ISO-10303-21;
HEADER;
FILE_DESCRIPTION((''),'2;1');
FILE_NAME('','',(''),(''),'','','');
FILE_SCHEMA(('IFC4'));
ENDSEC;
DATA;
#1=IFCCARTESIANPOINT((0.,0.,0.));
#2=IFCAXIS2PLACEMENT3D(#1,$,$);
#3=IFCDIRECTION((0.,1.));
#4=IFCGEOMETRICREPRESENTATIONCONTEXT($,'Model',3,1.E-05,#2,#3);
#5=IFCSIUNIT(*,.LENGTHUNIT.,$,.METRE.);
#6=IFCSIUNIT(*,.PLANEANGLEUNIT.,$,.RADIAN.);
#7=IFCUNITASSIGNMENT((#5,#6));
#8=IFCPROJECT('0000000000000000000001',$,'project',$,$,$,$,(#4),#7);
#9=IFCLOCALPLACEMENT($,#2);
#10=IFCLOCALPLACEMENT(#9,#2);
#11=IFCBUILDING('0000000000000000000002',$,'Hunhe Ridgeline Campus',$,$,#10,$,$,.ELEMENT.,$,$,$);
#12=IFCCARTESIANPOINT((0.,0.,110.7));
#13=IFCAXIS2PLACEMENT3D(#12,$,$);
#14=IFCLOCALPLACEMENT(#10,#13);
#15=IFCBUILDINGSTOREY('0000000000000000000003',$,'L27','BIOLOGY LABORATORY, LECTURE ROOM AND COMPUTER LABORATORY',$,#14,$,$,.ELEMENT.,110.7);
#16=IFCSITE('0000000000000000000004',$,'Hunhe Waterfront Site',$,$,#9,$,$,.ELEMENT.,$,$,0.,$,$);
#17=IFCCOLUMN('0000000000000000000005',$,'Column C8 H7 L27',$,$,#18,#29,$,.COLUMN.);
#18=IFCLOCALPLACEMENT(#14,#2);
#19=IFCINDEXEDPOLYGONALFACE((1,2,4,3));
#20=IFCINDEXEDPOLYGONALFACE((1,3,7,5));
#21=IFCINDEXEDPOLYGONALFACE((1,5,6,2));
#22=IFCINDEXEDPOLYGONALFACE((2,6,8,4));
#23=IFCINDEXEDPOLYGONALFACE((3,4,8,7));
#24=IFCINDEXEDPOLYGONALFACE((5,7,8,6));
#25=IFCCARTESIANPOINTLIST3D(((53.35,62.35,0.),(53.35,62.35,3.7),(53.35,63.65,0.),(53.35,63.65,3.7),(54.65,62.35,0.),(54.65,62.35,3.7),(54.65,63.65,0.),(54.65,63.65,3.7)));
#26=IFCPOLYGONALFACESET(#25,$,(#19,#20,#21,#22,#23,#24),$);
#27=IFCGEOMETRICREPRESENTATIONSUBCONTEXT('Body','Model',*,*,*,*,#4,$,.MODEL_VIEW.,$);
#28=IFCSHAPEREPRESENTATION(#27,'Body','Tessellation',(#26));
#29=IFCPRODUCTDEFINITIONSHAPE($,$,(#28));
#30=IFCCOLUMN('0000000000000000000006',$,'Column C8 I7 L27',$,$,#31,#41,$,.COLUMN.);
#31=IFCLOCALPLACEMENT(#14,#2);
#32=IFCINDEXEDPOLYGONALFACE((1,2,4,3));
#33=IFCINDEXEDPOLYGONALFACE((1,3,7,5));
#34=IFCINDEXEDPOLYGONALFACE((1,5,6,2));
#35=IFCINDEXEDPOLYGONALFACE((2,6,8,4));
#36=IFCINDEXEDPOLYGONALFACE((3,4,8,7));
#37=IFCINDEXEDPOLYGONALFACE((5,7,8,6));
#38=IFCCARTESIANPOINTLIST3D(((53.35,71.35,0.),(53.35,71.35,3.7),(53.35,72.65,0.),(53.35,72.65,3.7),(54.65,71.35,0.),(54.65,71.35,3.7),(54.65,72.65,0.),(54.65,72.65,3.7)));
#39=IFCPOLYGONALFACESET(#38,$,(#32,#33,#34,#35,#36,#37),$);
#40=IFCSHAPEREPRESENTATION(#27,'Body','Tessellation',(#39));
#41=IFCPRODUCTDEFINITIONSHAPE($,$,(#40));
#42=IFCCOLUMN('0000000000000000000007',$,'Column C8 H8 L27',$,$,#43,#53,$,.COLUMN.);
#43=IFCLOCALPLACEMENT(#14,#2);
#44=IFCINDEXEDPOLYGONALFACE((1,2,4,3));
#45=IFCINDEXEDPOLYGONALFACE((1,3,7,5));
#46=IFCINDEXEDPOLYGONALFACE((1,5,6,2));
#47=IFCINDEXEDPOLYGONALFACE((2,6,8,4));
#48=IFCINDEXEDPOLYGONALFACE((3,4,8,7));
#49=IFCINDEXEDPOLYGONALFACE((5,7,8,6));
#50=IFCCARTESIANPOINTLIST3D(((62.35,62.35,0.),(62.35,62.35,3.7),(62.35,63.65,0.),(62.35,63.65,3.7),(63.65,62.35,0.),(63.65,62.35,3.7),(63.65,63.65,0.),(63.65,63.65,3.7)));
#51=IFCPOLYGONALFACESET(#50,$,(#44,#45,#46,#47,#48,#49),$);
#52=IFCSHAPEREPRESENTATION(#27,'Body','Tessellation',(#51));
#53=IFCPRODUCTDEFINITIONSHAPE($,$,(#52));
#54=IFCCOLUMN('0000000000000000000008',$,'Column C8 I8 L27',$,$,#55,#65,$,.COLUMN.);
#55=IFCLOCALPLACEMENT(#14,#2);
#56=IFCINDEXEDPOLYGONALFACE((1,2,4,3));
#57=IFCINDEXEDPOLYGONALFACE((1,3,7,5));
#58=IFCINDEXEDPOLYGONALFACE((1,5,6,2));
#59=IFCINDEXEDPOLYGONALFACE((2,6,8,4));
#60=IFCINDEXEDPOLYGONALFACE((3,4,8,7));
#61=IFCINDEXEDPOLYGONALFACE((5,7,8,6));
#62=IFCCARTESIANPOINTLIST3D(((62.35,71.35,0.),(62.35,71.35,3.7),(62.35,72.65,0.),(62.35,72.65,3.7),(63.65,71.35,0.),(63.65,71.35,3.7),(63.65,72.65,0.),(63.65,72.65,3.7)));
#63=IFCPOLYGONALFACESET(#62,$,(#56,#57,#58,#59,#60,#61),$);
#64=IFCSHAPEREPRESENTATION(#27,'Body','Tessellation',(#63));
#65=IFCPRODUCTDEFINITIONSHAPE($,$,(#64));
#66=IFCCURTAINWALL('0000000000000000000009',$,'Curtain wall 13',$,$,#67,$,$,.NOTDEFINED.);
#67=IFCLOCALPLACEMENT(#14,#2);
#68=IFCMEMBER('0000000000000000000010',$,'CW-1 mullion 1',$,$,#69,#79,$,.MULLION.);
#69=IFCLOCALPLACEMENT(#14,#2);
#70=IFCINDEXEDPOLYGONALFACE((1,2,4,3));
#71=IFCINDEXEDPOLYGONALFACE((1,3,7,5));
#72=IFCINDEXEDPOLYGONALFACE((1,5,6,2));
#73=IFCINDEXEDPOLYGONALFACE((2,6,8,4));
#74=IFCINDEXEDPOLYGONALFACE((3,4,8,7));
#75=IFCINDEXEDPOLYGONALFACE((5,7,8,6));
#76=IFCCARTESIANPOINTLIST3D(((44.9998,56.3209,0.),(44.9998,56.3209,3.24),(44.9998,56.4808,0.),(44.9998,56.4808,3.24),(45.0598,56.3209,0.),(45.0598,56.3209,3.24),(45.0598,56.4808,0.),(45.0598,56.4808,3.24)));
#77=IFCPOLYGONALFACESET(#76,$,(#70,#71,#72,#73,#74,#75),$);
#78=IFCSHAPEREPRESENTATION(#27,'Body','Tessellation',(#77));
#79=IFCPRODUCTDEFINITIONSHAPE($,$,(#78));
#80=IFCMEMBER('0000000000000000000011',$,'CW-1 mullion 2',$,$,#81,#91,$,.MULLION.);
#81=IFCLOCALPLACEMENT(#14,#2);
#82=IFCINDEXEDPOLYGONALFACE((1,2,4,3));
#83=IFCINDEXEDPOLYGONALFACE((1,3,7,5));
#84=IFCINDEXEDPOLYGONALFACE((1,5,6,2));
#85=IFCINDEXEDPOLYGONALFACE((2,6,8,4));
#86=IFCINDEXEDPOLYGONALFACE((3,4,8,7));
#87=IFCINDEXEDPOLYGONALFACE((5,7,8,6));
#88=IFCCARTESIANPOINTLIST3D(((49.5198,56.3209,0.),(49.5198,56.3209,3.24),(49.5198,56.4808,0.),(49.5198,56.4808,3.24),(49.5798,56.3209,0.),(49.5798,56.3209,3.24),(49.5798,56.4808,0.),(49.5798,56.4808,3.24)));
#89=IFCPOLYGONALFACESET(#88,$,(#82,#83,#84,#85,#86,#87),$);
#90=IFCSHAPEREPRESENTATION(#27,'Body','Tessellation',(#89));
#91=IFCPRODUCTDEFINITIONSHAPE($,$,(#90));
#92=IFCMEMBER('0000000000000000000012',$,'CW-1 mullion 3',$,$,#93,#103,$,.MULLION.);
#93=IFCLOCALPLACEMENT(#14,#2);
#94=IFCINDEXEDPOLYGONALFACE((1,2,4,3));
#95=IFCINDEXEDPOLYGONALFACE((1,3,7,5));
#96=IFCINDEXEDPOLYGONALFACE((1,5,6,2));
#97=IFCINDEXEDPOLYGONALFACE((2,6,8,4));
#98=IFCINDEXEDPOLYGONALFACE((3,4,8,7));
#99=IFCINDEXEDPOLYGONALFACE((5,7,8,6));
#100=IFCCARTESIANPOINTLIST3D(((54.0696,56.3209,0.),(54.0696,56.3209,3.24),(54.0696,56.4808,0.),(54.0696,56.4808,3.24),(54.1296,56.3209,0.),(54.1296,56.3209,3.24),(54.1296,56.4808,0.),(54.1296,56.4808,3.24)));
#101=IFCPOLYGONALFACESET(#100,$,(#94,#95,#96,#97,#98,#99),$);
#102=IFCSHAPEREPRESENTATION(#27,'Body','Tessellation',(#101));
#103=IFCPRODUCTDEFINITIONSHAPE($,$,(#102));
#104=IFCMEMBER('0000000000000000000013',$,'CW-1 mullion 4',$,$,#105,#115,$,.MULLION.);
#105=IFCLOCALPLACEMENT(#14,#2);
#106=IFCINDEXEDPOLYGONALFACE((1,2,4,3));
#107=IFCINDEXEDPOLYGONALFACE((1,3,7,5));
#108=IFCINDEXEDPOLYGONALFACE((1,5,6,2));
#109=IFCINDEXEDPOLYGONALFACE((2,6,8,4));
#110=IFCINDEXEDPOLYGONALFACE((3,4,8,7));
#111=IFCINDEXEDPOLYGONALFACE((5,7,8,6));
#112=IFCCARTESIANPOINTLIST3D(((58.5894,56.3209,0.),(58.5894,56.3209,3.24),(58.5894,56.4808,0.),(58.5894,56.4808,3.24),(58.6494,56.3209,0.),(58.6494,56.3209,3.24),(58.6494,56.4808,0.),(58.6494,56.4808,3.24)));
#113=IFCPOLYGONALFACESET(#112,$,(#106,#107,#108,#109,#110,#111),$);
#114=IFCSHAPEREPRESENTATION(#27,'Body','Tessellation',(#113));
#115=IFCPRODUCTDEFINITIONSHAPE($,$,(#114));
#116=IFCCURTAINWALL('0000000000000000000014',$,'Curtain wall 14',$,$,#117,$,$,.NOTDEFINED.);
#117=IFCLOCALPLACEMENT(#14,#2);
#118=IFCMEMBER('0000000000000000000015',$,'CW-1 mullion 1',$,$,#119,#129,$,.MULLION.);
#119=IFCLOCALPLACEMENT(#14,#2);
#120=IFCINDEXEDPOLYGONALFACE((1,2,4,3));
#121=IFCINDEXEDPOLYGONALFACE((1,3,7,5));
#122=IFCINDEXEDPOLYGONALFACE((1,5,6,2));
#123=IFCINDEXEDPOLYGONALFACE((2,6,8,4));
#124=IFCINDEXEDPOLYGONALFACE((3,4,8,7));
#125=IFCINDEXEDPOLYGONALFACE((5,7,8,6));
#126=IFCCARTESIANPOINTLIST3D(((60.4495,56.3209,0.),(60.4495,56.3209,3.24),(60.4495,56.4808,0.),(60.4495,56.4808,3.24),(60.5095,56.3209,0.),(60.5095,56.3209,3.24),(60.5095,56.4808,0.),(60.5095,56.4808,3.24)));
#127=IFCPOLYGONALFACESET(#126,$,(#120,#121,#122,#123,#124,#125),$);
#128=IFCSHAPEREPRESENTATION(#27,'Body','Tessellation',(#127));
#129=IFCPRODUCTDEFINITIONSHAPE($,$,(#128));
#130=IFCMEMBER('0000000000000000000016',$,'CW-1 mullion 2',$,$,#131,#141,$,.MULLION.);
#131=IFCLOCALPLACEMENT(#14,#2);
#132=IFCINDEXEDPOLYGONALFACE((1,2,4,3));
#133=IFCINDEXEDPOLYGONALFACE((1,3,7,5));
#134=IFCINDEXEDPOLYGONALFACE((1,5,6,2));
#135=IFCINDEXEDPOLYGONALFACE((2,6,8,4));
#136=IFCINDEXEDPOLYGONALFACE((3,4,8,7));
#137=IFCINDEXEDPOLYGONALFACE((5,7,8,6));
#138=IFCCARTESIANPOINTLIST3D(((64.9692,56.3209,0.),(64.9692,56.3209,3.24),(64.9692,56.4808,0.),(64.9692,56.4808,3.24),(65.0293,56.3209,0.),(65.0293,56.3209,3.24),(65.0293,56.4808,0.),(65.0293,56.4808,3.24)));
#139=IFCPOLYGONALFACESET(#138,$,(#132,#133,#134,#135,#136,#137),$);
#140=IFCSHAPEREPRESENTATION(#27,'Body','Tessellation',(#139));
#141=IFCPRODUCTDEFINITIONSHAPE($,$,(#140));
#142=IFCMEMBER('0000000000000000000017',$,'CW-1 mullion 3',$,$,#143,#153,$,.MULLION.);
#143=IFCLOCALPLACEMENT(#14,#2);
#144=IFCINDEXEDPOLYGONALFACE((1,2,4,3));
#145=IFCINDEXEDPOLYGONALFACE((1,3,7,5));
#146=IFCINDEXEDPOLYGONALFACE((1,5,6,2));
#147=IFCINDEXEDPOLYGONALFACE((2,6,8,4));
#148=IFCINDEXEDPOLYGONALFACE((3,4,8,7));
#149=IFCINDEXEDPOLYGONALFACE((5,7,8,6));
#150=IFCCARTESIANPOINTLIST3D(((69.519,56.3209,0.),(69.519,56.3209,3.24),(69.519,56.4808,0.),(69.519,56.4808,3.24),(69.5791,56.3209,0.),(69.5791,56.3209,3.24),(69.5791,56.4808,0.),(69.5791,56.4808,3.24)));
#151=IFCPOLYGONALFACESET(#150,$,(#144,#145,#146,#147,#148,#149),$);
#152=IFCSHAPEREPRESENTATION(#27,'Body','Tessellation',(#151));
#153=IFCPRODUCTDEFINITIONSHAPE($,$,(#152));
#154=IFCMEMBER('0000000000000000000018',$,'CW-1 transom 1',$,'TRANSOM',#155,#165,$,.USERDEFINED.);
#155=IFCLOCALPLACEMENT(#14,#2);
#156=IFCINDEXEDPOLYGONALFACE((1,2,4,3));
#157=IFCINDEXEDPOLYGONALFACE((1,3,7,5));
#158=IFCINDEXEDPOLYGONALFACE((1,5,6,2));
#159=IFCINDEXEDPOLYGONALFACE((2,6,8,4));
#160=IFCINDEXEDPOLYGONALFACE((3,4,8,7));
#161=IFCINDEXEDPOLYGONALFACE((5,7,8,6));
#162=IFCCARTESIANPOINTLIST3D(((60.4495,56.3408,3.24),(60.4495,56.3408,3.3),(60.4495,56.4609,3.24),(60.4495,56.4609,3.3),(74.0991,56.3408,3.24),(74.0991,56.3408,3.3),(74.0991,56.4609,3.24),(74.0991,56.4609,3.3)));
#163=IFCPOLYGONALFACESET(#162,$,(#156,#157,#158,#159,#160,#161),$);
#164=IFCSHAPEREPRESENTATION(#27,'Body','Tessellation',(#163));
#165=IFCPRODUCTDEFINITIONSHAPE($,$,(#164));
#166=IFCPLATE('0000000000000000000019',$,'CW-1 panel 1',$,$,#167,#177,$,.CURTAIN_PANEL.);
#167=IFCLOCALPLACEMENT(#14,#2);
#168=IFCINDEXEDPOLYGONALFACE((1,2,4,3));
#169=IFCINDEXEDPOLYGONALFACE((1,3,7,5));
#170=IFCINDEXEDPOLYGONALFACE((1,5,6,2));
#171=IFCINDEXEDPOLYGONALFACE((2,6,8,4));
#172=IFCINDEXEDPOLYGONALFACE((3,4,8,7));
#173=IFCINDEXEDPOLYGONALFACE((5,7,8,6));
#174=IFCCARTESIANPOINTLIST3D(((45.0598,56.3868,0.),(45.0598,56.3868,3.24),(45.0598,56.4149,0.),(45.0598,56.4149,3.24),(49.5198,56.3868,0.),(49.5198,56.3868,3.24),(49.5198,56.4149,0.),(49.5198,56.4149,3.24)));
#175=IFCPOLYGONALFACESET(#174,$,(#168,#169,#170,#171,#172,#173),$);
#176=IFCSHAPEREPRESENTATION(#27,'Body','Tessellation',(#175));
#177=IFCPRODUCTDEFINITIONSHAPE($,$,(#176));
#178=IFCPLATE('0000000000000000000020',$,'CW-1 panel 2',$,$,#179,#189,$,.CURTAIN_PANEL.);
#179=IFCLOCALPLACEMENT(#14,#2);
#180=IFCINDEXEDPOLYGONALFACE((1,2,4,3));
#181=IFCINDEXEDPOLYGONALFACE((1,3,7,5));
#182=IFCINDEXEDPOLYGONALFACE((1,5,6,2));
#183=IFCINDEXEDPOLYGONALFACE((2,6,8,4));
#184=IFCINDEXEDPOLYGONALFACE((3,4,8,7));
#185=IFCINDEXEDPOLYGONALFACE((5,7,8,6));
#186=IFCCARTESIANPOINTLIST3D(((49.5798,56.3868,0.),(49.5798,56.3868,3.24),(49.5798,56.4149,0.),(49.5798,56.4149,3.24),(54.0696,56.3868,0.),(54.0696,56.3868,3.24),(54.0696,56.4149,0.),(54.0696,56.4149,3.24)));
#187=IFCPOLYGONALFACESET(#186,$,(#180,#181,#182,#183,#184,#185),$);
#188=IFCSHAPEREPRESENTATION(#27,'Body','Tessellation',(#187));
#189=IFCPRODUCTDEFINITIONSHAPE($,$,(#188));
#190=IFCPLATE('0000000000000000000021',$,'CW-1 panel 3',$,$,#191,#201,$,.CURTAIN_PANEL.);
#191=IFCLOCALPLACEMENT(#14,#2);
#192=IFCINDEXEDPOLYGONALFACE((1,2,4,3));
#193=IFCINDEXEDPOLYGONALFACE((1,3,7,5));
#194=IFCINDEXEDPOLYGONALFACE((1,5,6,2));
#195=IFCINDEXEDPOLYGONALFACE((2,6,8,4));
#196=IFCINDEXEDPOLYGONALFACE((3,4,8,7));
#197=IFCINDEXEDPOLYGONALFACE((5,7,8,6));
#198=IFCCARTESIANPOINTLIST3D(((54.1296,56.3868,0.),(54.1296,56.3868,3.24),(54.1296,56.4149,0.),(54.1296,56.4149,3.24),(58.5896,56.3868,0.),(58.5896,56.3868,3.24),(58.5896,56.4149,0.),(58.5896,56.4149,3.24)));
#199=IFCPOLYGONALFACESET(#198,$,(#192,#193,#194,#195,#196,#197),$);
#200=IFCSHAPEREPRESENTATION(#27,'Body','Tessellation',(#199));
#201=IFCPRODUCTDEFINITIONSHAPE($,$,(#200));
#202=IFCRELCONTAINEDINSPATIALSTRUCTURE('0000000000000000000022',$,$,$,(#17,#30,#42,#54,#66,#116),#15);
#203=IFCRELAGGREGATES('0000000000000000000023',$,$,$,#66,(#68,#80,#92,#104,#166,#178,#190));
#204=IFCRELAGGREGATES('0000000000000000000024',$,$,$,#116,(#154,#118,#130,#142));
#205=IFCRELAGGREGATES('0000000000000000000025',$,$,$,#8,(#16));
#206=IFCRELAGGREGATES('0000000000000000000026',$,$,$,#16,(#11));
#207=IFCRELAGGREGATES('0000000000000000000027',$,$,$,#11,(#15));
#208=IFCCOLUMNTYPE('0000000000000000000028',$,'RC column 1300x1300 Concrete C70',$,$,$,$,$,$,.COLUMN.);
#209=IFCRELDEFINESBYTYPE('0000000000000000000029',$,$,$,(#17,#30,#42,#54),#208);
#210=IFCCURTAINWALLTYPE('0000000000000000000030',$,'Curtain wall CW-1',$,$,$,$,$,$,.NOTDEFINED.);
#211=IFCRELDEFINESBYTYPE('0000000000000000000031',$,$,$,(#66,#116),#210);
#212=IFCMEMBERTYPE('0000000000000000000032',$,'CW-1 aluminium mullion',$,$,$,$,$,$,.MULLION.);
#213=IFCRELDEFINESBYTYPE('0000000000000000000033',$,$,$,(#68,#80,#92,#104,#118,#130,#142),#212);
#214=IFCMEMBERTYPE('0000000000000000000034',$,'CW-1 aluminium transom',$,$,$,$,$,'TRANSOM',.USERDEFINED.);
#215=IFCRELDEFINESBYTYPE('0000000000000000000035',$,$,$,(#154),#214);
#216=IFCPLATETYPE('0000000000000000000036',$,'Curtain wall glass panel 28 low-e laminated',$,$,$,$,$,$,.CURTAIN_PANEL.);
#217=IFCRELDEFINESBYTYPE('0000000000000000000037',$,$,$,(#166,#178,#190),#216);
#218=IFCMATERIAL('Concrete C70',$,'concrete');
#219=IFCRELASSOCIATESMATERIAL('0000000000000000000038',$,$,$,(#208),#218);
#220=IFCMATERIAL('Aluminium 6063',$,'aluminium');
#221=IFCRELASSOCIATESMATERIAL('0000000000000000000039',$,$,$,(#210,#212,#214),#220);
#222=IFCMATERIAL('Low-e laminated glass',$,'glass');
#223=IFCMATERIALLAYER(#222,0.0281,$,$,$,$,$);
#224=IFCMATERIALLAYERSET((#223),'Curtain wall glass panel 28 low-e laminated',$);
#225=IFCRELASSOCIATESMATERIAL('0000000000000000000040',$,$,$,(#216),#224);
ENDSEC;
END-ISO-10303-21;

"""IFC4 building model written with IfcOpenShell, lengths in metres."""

from ifc_helpers import new_model, si_unit, direction, frame, origin, origin_2d, place, context, subcontext, project, spatial, rectangle, extrude, material, layer, layer_set, material_profile, profile_set, type_object, element, aggregate, save


model = new_model("IFC4")

# Units and contexts
model_context = context("Model", 3, precision=1e-05, world=origin(), true_north=direction((0.0, 1.0)))
body_context = subcontext(model_context, "Body", "Model", "MODEL_VIEW")
ifc_project = project(units=[si_unit("LENGTHUNIT", "METRE"), si_unit("PLANEANGLEUNIT", "RADIAN")], contexts=[model_context])

# Site, building, storey
site_placement = place(None, origin())
site = spatial("IfcSite", under=ifc_project, at=site_placement, Name="Hunhe Waterfront Site", CompositionType="ELEMENT", RefElevation=0.0)
building_placement = place(site_placement, origin())
building = spatial("IfcBuilding", under=site, at=building_placement, Name="Hunhe Ridgeline Campus", CompositionType="ELEMENT")
storey_placement = place(building_placement, frame((0.0, 0.0, 110.7)))
storey = spatial("IfcBuildingStorey", under=building, at=storey_placement, Name="L27", Description="BIOLOGY LABORATORY, LECTURE ROOM AND COMPUTER LABORATORY", CompositionType="ELEMENT", Elevation=110.7)

# Columns
ifc_material_1 = material(Name="Concrete C70", Category="concrete")
ifc_material_profile_1 = material_profile(ifc_material_1, rectangle(XDim=1.3, YDim=1.3, at=origin_2d()))
ifc_profile_set_1 = profile_set([ifc_material_profile_1], Name="Concrete C70")
column_type = type_object("IfcColumnType", Name="RC column 1300x1300 Concrete C70", PredefinedType="COLUMN", material=ifc_profile_set_1)
for number, where, z_axis, x_axis, name in (
    (1, (54.0, 63.0, 0.0), (0.0, 0.0, 1.0), (1.0, 0.0, 0.0), "Column C8 H7 L27"),
    (2, (54.0, 72.0, 0.0), (0.0, 0.0, 1.0), (1.0, 0.0, 0.0), "Column C8 I7 L27"),
    (3, (63.0, 63.0, 0.0), (0.0, 0.0, 1.0), (1.0, 0.0, 0.0), "Column C8 H8 L27"),
    (4, (63.0, 72.0, 0.0), (0.0, 0.0, 1.0), (1.0, 0.0, 0.0), "Column C8 I8 L27"),
):
    element("IfcColumn", number, at=place(storey_placement, frame(where, z_axis=z_axis, x_axis=x_axis)), inside=storey, type_object=column_type, Name=name, PredefinedType="COLUMN", context=body_context, shape_type="SweptSolid", body=[
        extrude(rectangle(XDim=1.3, YDim=1.3, at=origin_2d()), origin(), (0.0, 0.0, 1.0), 3.7),
    ])

# Curtain walls, members
ifc_material_2 = material(Name="Aluminium 6063", Category="aluminium")
curtain_wall_type = type_object("IfcCurtainWallType", Name="Curtain wall CW-1", PredefinedType="NOTDEFINED", material=ifc_material_2)
curtain_wall_1_placement = place(storey_placement, origin())
curtain_wall_1 = element("IfcCurtainWall", 5, at=curtain_wall_1_placement, inside=storey, type_object=curtain_wall_type, Name="Curtain wall 13", PredefinedType="NOTDEFINED")
ifc_material_profile_2 = material_profile(ifc_material_2, rectangle(XDim=0.1599, YDim=0.0601, at=origin_2d()))
ifc_profile_set_2 = profile_set([ifc_material_profile_2], Name="Aluminium 6063")
member_type_1 = type_object("IfcMemberType", Name="CW-1 aluminium mullion", PredefinedType="MULLION", material=ifc_profile_set_2)
member_1_placement = place(storey_placement, frame((45.0298, 56.4009, 0.0), z_axis=(0.0, 0.0, 1.0), x_axis=(0.0, 1.0, 0.0)))
member_1 = element("IfcMember", 6, at=member_1_placement, type_object=member_type_1, Name="CW-1 mullion 1", PredefinedType="MULLION", context=body_context, shape_type="SweptSolid", body=[
    extrude(rectangle(XDim=0.1599, YDim=0.0601, at=origin_2d()), origin(), (0.0, 0.0, 1.0), 3.24),
])
member_2_placement = place(storey_placement, frame((49.5498, 56.4009, 0.0), z_axis=(0.0, 0.0, 1.0), x_axis=(0.0, 1.0, 0.0)))
member_2 = element("IfcMember", 7, at=member_2_placement, type_object=member_type_1, Name="CW-1 mullion 2", PredefinedType="MULLION", context=body_context, shape_type="SweptSolid", body=[
    extrude(rectangle(XDim=0.1599, YDim=0.0601, at=origin_2d()), origin(), (0.0, 0.0, 1.0), 3.24),
])
member_3_placement = place(storey_placement, frame((54.0996, 56.4009, 0.0), z_axis=(0.0, 0.0, 1.0), x_axis=(0.0, 1.0, 0.0)))
member_3 = element("IfcMember", 8, at=member_3_placement, type_object=member_type_1, Name="CW-1 mullion 3", PredefinedType="MULLION", context=body_context, shape_type="SweptSolid", body=[
    extrude(rectangle(XDim=0.1599, YDim=0.0601, at=origin_2d()), origin(), (0.0, 0.0, 1.0), 3.24),
])
member_4_placement = place(storey_placement, frame((58.6194, 56.4009, 0.0), z_axis=(0.0, 0.0, 1.0), x_axis=(0.0, 1.0, 0.0)))
member_4 = element("IfcMember", 9, at=member_4_placement, type_object=member_type_1, Name="CW-1 mullion 4", PredefinedType="MULLION", context=body_context, shape_type="SweptSolid", body=[
    extrude(rectangle(XDim=0.1599, YDim=0.0601, at=origin_2d()), origin(), (0.0, 0.0, 1.0), 3.24),
])
curtain_wall_2_placement = place(storey_placement, origin())
curtain_wall_2 = element("IfcCurtainWall", 10, at=curtain_wall_2_placement, inside=storey, type_object=curtain_wall_type, Name="Curtain wall 14", PredefinedType="NOTDEFINED")
member_5_placement = place(storey_placement, frame((60.4795, 56.4009, 0.0), z_axis=(0.0, 0.0, 1.0), x_axis=(0.0, 1.0, 0.0)))
member_5 = element("IfcMember", 11, at=member_5_placement, type_object=member_type_1, Name="CW-1 mullion 1", PredefinedType="MULLION", context=body_context, shape_type="SweptSolid", body=[
    extrude(rectangle(XDim=0.1599, YDim=0.0601, at=origin_2d()), origin(), (0.0, 0.0, 1.0), 3.24),
])
member_6_placement = place(storey_placement, frame((64.9993, 56.4009, 0.0), z_axis=(0.0, 0.0, 1.0), x_axis=(0.0, 1.0, 0.0)))
member_6 = element("IfcMember", 12, at=member_6_placement, type_object=member_type_1, Name="CW-1 mullion 2", PredefinedType="MULLION", context=body_context, shape_type="SweptSolid", body=[
    extrude(rectangle(XDim=0.1599, YDim=0.0601, at=origin_2d()), origin(), (0.0, 0.0, 1.0), 3.24),
])
member_7_placement = place(storey_placement, frame((69.5491, 56.4009, 0.0), z_axis=(0.0, 0.0, 1.0), x_axis=(0.0, 1.0, 0.0)))
member_7 = element("IfcMember", 13, at=member_7_placement, type_object=member_type_1, Name="CW-1 mullion 3", PredefinedType="MULLION", context=body_context, shape_type="SweptSolid", body=[
    extrude(rectangle(XDim=0.1599, YDim=0.0601, at=origin_2d()), origin(), (0.0, 0.0, 1.0), 3.24),
])
ifc_material_profile_3 = material_profile(ifc_material_2, rectangle(XDim=0.1201, YDim=0.0601, at=origin_2d()))
ifc_profile_set_3 = profile_set([ifc_material_profile_3], Name="Aluminium 6063")
member_type_2 = type_object("IfcMemberType", Name="CW-1 aluminium transom", ElementType="TRANSOM", PredefinedType="USERDEFINED", material=ifc_profile_set_3)
member_8_placement = place(storey_placement, frame((60.4495, 56.4009, 3.27), z_axis=(1.0, 0.0, 0.0), x_axis=(0.0, 1.0, 0.0)))
member_8 = element("IfcMember", 14, at=member_8_placement, type_object=member_type_2, Name="CW-1 transom 1", ObjectType="TRANSOM", PredefinedType="USERDEFINED", context=body_context, shape_type="SweptSolid", body=[
    extrude(rectangle(XDim=0.1201, YDim=0.0601, at=origin_2d()), origin(), (0.0, 0.0, 1.0), 13.6497),
])

# Plates
ifc_material_3 = material(Name="Low-e laminated glass", Category="glass")
ifc_layer_1 = layer(ifc_material_3, 0.0281)
ifc_layer_set_1 = layer_set([ifc_layer_1], Name="Curtain wall glass panel 28 low-e laminated")
plate_type = type_object("IfcPlateType", Name="Curtain wall glass panel 28 low-e laminated", PredefinedType="CURTAIN_PANEL", material=ifc_layer_set_1)
plate_1_placement = place(storey_placement, frame((47.2898, 56.4009, 0.0), z_axis=(0.0, 0.0, 1.0), x_axis=(1.0, 0.0, 0.0)))
plate_1 = element("IfcPlate", 15, at=plate_1_placement, type_object=plate_type, Name="CW-1 panel 1", PredefinedType="CURTAIN_PANEL", context=body_context, shape_type="SweptSolid", body=[
    extrude(rectangle(XDim=4.46, YDim=0.0281, at=origin_2d()), origin(), (0.0, 0.0, 1.0), 3.24),
])
plate_2_placement = place(storey_placement, frame((51.8247, 56.4009, 0.0), z_axis=(0.0, 0.0, 1.0), x_axis=(1.0, 0.0, 0.0)))
plate_2 = element("IfcPlate", 16, at=plate_2_placement, type_object=plate_type, Name="CW-1 panel 2", PredefinedType="CURTAIN_PANEL", context=body_context, shape_type="SweptSolid", body=[
    extrude(rectangle(XDim=4.4897, YDim=0.0281, at=origin_2d()), origin(), (0.0, 0.0, 1.0), 3.24),
])
plate_3_placement = place(storey_placement, frame((56.3596, 56.4009, 0.0), z_axis=(0.0, 0.0, 1.0), x_axis=(1.0, 0.0, 0.0)))
plate_3 = element("IfcPlate", 17, at=plate_3_placement, type_object=plate_type, Name="CW-1 panel 3", PredefinedType="CURTAIN_PANEL", context=body_context, shape_type="SweptSolid", body=[
    extrude(rectangle(XDim=4.46, YDim=0.0281, at=origin_2d()), origin(), (0.0, 0.0, 1.0), 3.24),
])
aggregate(curtain_wall_1, [member_1, member_2, member_3, member_4, plate_1, plate_2, plate_3])
aggregate(curtain_wall_2, [member_8, member_5, member_6, member_7])

save(model, "model.ifc")
